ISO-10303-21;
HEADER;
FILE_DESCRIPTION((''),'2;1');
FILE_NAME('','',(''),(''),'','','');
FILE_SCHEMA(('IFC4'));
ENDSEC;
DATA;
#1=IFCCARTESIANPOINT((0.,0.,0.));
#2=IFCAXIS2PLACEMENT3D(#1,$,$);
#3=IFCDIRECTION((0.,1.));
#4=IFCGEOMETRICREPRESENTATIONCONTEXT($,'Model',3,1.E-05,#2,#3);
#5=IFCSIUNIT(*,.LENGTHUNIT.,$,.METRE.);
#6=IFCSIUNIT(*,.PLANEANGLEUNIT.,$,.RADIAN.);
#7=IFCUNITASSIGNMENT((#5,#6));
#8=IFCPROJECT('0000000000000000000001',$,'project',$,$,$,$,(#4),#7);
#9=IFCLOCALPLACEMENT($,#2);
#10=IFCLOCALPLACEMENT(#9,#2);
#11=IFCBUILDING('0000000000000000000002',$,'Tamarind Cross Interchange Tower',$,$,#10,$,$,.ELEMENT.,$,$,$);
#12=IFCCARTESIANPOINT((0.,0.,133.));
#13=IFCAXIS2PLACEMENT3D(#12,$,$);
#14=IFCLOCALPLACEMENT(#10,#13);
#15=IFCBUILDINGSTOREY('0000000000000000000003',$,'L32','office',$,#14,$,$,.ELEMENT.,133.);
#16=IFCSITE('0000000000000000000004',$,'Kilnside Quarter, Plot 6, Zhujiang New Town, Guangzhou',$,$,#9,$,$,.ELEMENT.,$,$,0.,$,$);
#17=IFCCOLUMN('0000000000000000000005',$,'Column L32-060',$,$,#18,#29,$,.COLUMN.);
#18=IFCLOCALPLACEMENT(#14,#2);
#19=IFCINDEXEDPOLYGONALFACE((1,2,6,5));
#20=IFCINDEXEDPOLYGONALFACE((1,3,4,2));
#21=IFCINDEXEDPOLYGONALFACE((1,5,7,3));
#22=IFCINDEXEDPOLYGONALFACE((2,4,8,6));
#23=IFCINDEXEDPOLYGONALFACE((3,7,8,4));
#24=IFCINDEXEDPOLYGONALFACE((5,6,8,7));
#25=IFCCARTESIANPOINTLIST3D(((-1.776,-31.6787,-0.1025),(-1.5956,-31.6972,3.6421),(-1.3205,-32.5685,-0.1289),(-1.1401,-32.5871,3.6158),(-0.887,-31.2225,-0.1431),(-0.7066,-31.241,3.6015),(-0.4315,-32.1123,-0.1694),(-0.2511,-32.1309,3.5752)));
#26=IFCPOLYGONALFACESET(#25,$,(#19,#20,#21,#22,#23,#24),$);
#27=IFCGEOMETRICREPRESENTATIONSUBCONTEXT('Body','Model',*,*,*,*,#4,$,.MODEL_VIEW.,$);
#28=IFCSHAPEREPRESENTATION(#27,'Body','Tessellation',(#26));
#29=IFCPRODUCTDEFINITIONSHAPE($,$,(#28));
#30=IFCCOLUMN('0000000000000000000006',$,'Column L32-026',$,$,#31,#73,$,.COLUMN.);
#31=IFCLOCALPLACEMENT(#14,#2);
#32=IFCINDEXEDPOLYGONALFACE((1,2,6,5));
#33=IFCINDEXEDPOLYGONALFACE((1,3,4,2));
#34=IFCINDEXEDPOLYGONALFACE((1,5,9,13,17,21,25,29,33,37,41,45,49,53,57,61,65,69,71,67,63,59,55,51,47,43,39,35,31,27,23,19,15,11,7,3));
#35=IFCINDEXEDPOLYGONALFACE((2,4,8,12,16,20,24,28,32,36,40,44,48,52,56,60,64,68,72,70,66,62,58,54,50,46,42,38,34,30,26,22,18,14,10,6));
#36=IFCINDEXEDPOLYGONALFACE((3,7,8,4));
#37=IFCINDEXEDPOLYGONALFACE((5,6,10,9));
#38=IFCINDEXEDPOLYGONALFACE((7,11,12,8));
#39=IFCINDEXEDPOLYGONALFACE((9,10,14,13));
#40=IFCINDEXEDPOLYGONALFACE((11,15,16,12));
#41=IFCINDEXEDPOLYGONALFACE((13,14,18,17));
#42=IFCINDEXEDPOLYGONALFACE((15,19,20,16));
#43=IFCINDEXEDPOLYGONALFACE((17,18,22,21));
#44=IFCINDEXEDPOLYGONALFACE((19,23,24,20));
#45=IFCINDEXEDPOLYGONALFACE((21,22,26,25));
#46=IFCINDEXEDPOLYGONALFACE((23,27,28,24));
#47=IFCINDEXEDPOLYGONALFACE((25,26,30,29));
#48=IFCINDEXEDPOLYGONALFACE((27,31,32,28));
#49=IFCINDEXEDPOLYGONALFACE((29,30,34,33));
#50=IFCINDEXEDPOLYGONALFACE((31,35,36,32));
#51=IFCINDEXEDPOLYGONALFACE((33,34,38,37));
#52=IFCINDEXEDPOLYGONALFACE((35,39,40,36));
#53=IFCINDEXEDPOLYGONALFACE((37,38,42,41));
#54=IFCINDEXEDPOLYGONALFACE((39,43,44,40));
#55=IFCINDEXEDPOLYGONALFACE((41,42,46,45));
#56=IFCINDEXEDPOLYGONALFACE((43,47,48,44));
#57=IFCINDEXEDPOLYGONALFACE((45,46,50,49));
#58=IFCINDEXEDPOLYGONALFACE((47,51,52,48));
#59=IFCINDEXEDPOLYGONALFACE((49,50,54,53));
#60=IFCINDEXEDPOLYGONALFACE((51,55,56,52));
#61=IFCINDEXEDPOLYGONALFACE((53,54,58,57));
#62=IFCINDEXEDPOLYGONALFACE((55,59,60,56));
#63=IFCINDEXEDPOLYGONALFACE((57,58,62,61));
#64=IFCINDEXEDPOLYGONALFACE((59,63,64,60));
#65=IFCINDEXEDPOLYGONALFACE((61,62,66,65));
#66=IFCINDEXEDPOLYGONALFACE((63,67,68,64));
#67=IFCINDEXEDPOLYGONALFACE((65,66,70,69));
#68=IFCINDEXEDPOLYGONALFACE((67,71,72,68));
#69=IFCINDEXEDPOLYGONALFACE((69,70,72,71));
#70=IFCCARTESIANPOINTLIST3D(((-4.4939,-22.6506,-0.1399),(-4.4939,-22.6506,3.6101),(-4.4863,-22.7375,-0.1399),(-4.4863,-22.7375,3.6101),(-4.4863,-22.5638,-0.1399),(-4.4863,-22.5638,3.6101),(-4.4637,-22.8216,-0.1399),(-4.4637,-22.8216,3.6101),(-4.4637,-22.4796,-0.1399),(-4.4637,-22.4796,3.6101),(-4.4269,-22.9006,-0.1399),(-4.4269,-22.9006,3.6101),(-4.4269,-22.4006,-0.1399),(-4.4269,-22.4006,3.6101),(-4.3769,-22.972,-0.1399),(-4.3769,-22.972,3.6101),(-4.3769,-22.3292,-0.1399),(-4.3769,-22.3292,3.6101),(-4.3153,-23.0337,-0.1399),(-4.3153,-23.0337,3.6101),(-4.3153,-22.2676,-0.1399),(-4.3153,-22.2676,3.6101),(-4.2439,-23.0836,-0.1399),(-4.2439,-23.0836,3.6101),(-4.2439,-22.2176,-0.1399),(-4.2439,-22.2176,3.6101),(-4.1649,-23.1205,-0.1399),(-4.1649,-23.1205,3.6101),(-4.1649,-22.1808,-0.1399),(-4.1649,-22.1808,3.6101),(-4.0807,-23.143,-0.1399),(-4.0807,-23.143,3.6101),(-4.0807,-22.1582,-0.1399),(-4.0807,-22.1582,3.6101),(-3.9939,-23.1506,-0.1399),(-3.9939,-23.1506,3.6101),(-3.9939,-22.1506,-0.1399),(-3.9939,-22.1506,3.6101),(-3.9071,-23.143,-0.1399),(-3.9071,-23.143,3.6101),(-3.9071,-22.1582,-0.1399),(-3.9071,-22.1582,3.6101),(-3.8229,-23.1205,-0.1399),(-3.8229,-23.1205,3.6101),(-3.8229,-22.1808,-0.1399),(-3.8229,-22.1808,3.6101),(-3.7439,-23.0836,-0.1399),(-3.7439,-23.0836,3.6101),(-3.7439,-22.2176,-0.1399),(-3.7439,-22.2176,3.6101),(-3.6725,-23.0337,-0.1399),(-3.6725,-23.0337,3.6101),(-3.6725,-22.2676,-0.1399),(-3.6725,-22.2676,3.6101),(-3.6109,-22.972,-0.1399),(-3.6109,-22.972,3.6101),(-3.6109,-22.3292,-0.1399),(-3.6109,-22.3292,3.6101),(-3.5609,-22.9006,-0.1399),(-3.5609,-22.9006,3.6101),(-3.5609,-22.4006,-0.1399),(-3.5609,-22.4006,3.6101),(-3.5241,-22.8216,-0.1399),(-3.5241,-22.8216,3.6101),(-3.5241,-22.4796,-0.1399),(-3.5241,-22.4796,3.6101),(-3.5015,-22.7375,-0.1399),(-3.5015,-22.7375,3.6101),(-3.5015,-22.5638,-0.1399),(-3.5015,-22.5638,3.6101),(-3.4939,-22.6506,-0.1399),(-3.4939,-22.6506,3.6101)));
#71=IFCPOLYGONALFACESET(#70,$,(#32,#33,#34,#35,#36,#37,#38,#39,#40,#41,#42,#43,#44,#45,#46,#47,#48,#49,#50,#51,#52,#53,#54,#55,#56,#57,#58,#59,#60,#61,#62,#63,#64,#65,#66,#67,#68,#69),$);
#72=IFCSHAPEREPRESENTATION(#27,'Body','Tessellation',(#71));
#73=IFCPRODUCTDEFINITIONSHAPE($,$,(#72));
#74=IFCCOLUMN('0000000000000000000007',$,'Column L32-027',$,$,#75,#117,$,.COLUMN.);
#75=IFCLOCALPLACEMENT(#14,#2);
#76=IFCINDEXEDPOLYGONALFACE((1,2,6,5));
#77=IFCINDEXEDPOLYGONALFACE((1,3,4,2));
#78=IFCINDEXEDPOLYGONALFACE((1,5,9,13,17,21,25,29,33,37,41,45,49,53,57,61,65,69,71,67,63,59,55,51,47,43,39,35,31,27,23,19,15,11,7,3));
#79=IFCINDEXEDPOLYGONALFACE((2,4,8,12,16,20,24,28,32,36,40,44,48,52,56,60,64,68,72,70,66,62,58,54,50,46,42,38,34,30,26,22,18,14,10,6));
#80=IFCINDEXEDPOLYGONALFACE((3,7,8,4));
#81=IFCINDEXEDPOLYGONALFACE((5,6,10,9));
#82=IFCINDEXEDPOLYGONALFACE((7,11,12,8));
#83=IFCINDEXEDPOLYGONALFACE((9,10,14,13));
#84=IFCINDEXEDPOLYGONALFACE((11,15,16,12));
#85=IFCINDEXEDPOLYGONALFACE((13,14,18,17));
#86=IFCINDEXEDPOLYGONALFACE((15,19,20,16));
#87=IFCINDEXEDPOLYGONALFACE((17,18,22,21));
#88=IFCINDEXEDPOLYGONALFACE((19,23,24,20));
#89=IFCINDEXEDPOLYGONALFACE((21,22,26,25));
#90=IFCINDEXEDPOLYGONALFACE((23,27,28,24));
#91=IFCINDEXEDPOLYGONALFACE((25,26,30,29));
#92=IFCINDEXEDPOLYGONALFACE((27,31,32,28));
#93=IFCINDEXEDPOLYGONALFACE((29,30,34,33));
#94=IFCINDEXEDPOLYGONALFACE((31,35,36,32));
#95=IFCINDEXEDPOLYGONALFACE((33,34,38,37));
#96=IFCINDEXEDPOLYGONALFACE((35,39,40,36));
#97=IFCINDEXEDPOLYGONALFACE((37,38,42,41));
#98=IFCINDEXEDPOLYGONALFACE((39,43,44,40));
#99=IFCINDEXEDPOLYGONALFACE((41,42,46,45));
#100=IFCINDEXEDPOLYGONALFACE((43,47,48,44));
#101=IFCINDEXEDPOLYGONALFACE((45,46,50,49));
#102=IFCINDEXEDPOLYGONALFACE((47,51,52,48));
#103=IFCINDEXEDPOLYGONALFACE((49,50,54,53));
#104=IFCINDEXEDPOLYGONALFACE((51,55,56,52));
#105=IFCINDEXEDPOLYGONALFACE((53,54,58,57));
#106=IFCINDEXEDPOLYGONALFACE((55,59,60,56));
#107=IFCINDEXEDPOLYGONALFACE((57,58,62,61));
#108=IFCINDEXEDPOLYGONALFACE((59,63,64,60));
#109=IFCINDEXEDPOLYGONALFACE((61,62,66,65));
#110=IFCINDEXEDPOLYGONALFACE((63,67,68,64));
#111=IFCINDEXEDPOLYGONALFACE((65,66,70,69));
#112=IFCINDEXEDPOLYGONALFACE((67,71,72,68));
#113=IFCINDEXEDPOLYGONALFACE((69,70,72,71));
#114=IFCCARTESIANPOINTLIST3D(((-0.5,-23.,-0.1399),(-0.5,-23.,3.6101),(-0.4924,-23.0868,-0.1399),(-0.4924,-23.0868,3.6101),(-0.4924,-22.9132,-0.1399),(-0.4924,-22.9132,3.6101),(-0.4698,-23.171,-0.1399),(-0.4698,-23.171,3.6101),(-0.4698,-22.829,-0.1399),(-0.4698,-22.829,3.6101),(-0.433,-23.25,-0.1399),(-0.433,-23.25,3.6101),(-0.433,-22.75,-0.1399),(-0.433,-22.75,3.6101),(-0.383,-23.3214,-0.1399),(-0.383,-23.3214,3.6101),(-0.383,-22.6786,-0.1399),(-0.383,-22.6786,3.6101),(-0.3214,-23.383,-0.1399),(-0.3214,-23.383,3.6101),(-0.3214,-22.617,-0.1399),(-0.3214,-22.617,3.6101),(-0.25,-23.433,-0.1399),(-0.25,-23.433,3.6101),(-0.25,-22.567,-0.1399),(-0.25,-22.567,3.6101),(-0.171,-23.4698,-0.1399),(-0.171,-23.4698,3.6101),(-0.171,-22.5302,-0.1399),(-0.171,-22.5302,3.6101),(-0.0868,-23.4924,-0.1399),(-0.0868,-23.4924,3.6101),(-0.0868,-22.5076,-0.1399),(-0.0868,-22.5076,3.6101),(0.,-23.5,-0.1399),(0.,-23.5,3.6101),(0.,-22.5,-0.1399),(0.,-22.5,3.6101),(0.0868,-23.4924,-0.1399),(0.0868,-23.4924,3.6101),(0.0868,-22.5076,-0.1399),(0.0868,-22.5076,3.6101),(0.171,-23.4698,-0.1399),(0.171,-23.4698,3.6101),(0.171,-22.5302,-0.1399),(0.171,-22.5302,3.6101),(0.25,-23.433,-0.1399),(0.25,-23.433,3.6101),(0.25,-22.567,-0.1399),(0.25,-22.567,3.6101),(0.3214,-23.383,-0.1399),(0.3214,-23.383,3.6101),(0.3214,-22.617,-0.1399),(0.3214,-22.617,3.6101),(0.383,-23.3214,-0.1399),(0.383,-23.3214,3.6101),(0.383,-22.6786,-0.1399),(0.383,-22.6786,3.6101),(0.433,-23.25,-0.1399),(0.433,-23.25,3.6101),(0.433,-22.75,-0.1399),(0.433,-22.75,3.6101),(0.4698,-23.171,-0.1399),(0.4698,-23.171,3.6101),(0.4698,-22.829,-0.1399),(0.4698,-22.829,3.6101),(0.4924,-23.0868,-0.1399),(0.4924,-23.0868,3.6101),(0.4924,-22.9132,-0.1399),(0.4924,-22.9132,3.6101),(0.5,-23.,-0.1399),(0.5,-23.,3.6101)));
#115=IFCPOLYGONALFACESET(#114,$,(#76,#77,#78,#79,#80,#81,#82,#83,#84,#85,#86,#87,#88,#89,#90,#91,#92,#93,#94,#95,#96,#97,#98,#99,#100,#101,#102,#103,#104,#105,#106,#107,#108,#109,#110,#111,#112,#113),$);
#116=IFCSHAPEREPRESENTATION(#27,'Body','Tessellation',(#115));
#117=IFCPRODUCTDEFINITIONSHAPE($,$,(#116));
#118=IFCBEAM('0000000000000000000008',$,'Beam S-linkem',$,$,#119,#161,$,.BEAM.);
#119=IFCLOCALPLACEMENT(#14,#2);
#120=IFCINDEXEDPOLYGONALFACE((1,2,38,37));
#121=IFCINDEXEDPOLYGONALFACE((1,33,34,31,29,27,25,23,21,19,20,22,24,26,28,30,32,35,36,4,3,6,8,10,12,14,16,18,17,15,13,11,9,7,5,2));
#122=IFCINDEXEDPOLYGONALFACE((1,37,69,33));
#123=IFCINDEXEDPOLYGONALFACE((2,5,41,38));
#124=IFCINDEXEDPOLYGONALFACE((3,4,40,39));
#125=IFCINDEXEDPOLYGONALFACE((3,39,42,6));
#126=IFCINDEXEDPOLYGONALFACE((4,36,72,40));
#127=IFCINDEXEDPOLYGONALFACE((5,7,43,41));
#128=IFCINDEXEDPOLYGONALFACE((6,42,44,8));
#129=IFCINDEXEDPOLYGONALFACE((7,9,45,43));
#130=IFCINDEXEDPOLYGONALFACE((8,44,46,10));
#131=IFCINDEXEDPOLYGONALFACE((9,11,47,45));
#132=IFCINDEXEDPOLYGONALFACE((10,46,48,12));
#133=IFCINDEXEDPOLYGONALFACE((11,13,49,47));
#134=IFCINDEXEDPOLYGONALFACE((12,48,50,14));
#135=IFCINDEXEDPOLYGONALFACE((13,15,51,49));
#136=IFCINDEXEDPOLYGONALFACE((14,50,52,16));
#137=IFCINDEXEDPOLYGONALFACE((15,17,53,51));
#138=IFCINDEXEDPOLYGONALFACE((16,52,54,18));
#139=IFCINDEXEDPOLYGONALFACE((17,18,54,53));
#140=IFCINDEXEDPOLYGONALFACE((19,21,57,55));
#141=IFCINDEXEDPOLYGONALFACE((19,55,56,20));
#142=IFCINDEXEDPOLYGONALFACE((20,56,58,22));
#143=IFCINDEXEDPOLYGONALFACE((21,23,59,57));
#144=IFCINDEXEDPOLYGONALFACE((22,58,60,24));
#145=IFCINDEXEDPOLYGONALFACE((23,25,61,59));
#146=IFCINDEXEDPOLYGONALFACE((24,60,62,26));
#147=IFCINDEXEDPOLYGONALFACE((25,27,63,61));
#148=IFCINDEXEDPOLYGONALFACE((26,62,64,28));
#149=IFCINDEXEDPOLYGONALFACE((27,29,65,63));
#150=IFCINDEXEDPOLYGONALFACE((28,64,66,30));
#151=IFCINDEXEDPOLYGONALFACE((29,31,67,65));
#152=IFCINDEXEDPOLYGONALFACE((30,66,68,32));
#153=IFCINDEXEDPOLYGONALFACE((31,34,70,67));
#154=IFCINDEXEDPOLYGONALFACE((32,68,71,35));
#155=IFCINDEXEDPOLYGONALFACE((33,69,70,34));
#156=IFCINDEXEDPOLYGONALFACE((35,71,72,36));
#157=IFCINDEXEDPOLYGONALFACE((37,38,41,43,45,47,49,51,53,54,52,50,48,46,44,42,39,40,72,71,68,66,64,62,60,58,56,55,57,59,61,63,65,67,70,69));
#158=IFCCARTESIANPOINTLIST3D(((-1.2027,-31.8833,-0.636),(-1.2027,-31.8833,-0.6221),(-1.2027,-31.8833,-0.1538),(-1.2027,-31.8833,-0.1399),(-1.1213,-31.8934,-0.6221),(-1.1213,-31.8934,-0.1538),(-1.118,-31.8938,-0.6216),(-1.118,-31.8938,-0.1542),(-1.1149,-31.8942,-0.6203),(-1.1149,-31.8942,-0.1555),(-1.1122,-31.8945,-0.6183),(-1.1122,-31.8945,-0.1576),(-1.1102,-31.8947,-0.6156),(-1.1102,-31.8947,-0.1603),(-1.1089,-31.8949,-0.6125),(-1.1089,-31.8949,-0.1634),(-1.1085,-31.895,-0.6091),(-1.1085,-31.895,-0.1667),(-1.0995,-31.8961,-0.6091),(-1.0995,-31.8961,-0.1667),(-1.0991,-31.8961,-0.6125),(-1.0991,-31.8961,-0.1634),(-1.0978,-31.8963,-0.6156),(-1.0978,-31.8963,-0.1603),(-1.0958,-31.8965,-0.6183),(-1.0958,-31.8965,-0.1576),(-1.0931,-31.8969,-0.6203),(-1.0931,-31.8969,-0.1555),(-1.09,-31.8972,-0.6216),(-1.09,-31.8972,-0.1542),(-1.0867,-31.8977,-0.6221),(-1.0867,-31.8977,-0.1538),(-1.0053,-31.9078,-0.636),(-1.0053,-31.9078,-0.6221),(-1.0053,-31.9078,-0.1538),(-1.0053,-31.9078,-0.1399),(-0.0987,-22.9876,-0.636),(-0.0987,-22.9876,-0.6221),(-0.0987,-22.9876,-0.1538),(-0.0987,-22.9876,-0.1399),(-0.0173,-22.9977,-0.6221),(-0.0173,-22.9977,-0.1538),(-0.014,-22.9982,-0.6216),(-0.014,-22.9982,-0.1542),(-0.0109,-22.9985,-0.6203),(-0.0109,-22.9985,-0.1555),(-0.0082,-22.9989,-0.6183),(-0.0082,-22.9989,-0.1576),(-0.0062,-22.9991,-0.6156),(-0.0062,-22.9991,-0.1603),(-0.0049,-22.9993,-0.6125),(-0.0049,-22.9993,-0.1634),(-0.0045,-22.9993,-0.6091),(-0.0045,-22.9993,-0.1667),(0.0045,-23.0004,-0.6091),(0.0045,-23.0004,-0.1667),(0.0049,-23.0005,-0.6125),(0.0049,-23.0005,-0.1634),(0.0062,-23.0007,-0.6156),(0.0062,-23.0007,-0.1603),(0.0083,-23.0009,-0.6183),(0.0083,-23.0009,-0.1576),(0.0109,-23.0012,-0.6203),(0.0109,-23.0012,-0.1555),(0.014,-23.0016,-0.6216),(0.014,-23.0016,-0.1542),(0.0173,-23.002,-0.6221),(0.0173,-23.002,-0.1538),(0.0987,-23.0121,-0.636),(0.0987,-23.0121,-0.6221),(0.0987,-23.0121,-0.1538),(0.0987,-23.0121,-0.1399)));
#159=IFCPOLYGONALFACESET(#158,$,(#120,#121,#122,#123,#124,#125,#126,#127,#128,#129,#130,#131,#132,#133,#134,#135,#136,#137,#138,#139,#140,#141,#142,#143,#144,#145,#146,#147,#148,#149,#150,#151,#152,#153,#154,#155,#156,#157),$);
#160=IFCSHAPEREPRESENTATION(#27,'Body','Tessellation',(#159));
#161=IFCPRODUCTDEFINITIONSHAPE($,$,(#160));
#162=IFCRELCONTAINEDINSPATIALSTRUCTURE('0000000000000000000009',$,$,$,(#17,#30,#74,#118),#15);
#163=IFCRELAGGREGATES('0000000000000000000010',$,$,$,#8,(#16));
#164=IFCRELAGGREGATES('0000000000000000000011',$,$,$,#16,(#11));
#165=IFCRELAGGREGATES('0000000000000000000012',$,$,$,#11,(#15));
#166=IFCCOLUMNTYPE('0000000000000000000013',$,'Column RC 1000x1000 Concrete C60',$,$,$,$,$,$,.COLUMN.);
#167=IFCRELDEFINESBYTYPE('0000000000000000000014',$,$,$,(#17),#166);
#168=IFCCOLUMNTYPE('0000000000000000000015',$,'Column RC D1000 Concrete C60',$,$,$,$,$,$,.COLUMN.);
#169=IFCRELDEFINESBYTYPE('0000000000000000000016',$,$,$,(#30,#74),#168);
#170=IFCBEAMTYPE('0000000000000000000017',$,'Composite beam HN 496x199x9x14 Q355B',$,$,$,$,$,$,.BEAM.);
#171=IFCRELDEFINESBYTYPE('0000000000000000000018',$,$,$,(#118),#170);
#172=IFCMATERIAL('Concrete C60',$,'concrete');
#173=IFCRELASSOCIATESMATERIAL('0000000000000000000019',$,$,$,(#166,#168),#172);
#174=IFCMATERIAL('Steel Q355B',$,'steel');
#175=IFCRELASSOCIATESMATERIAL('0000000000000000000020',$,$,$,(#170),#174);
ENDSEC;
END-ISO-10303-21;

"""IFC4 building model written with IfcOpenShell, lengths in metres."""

from ifc_helpers import new_model, si_unit, direction, frame, origin, origin_2d, place, context, subcontext, project, spatial, rectangle, circle, i_section, extrude, material, material_profile, profile_set, type_object, element, save


model = new_model("IFC4")

# Units and contexts
model_context = context("Model", 3, precision=1e-05, world=origin(), true_north=direction((0.0, 1.0)))
body_context = subcontext(model_context, "Body", "Model", "MODEL_VIEW")
ifc_project = project(units=[si_unit("LENGTHUNIT", "METRE"), si_unit("PLANEANGLEUNIT", "RADIAN")], contexts=[model_context])

# Site, building, storey
site_placement = place(None, origin())
site = spatial("IfcSite", under=ifc_project, at=site_placement, Name="Kilnside Quarter, Plot 6, Zhujiang New Town, Guangzhou", CompositionType="ELEMENT", RefElevation=0.0)
building_placement = place(site_placement, origin())
building = spatial("IfcBuilding", under=site, at=building_placement, Name="Tamarind Cross Interchange Tower", CompositionType="ELEMENT")
storey_placement = place(building_placement, frame((0.0, 0.0, 133.0)))
storey = spatial("IfcBuildingStorey", under=building, at=storey_placement, Name="L32", Description="office", CompositionType="ELEMENT", Elevation=133.0)

# Columns
ifc_material_1 = material(Name="Concrete C60", Category="concrete")
ifc_material_profile_1 = material_profile(ifc_material_1, rectangle(XDim=1.0, YDim=1.0, at=origin_2d()), Name="RC 1000x1000")
ifc_profile_set_1 = profile_set([ifc_material_profile_1], Name="Concrete C60")
column_type_1 = type_object("IfcColumnType", Name="Column RC 1000x1000 Concrete C60", PredefinedType="COLUMN", material=ifc_profile_set_1)
column_placement = place(storey_placement, frame((-1.1038, -31.8955, -0.136), z_axis=(0.048125, -0.004949, 0.998829), x_axis=(-0.455475, 0.889859, 0.026354)))
element("IfcColumn", 1, at=column_placement, inside=storey, type_object=column_type_1, Name="Column L32-060", PredefinedType="COLUMN", context=body_context, shape_type="SweptSolid", body=[
    extrude(rectangle(XDim=1.0, YDim=1.0, at=origin_2d()), origin(), (0.0, 0.0, 1.0), 3.749),
])
ifc_material_profile_2 = material_profile(ifc_material_1, circle(Radius=0.5, at=origin_2d()), Name="RC D1000")
ifc_profile_set_2 = profile_set([ifc_material_profile_2], Name="Concrete C60")
column_type_2 = type_object("IfcColumnType", Name="Column RC D1000 Concrete C60", PredefinedType="COLUMN", material=ifc_profile_set_2)
for number, where, z_axis, x_axis, name in (
    (2, (-3.9939, -22.6506, -0.1399), (0.0, 0.0, 1.0), (1.0, 0.0, 0.0), "Column L32-026"),
    (3, (0.0, -23.0, -0.1399), (0.0, 0.0, 1.0), (1.0, 0.0, 0.0), "Column L32-027"),
):
    element("IfcColumn", number, at=place(storey_placement, frame(where, z_axis=z_axis, x_axis=x_axis)), inside=storey, type_object=column_type_2, Name=name, PredefinedType="COLUMN", context=body_context, shape_type="SweptSolid", body=[
        extrude(circle(Radius=0.5, at=origin_2d()), origin(), (0.0, 0.0, 1.0), 3.75),
    ])

# Beam
ifc_material_2 = material(Name="Steel Q355B", Category="steel")
ifc_material_profile_3 = material_profile(ifc_material_2, i_section(OverallWidth=0.199, OverallDepth=0.4961, WebThickness=0.009, FlangeThickness=0.0139, FilletRadius=0.0129, at=origin_2d()), Name="HN 496x199x9x14")
ifc_profile_set_3 = profile_set([ifc_material_profile_3], Name="Steel Q355B")
beam_type_1 = type_object("IfcBeamType", Name="Composite beam HN 496x199x9x14 Q355B", PredefinedType="BEAM", material=ifc_profile_set_3)
beam_1_placement = place(storey_placement, frame((-1.104, -31.8955, -0.3879), z_axis=(0.123163, 0.992386, 0.0), x_axis=(-0.992386, 0.123163, 0.0)))
element("IfcBeam", 4, at=beam_1_placement, inside=storey, type_object=beam_type_1, Name="Beam S-linkem", PredefinedType="BEAM", context=body_context, shape_type="SweptSolid", body=[
    extrude(i_section(OverallWidth=0.199, OverallDepth=0.4961, WebThickness=0.009, FlangeThickness=0.0139, FilletRadius=0.0129, at=origin_2d()), origin(), (0.0, 0.0, 1.0), 8.9639),
])

save(model, "model.ifc")
